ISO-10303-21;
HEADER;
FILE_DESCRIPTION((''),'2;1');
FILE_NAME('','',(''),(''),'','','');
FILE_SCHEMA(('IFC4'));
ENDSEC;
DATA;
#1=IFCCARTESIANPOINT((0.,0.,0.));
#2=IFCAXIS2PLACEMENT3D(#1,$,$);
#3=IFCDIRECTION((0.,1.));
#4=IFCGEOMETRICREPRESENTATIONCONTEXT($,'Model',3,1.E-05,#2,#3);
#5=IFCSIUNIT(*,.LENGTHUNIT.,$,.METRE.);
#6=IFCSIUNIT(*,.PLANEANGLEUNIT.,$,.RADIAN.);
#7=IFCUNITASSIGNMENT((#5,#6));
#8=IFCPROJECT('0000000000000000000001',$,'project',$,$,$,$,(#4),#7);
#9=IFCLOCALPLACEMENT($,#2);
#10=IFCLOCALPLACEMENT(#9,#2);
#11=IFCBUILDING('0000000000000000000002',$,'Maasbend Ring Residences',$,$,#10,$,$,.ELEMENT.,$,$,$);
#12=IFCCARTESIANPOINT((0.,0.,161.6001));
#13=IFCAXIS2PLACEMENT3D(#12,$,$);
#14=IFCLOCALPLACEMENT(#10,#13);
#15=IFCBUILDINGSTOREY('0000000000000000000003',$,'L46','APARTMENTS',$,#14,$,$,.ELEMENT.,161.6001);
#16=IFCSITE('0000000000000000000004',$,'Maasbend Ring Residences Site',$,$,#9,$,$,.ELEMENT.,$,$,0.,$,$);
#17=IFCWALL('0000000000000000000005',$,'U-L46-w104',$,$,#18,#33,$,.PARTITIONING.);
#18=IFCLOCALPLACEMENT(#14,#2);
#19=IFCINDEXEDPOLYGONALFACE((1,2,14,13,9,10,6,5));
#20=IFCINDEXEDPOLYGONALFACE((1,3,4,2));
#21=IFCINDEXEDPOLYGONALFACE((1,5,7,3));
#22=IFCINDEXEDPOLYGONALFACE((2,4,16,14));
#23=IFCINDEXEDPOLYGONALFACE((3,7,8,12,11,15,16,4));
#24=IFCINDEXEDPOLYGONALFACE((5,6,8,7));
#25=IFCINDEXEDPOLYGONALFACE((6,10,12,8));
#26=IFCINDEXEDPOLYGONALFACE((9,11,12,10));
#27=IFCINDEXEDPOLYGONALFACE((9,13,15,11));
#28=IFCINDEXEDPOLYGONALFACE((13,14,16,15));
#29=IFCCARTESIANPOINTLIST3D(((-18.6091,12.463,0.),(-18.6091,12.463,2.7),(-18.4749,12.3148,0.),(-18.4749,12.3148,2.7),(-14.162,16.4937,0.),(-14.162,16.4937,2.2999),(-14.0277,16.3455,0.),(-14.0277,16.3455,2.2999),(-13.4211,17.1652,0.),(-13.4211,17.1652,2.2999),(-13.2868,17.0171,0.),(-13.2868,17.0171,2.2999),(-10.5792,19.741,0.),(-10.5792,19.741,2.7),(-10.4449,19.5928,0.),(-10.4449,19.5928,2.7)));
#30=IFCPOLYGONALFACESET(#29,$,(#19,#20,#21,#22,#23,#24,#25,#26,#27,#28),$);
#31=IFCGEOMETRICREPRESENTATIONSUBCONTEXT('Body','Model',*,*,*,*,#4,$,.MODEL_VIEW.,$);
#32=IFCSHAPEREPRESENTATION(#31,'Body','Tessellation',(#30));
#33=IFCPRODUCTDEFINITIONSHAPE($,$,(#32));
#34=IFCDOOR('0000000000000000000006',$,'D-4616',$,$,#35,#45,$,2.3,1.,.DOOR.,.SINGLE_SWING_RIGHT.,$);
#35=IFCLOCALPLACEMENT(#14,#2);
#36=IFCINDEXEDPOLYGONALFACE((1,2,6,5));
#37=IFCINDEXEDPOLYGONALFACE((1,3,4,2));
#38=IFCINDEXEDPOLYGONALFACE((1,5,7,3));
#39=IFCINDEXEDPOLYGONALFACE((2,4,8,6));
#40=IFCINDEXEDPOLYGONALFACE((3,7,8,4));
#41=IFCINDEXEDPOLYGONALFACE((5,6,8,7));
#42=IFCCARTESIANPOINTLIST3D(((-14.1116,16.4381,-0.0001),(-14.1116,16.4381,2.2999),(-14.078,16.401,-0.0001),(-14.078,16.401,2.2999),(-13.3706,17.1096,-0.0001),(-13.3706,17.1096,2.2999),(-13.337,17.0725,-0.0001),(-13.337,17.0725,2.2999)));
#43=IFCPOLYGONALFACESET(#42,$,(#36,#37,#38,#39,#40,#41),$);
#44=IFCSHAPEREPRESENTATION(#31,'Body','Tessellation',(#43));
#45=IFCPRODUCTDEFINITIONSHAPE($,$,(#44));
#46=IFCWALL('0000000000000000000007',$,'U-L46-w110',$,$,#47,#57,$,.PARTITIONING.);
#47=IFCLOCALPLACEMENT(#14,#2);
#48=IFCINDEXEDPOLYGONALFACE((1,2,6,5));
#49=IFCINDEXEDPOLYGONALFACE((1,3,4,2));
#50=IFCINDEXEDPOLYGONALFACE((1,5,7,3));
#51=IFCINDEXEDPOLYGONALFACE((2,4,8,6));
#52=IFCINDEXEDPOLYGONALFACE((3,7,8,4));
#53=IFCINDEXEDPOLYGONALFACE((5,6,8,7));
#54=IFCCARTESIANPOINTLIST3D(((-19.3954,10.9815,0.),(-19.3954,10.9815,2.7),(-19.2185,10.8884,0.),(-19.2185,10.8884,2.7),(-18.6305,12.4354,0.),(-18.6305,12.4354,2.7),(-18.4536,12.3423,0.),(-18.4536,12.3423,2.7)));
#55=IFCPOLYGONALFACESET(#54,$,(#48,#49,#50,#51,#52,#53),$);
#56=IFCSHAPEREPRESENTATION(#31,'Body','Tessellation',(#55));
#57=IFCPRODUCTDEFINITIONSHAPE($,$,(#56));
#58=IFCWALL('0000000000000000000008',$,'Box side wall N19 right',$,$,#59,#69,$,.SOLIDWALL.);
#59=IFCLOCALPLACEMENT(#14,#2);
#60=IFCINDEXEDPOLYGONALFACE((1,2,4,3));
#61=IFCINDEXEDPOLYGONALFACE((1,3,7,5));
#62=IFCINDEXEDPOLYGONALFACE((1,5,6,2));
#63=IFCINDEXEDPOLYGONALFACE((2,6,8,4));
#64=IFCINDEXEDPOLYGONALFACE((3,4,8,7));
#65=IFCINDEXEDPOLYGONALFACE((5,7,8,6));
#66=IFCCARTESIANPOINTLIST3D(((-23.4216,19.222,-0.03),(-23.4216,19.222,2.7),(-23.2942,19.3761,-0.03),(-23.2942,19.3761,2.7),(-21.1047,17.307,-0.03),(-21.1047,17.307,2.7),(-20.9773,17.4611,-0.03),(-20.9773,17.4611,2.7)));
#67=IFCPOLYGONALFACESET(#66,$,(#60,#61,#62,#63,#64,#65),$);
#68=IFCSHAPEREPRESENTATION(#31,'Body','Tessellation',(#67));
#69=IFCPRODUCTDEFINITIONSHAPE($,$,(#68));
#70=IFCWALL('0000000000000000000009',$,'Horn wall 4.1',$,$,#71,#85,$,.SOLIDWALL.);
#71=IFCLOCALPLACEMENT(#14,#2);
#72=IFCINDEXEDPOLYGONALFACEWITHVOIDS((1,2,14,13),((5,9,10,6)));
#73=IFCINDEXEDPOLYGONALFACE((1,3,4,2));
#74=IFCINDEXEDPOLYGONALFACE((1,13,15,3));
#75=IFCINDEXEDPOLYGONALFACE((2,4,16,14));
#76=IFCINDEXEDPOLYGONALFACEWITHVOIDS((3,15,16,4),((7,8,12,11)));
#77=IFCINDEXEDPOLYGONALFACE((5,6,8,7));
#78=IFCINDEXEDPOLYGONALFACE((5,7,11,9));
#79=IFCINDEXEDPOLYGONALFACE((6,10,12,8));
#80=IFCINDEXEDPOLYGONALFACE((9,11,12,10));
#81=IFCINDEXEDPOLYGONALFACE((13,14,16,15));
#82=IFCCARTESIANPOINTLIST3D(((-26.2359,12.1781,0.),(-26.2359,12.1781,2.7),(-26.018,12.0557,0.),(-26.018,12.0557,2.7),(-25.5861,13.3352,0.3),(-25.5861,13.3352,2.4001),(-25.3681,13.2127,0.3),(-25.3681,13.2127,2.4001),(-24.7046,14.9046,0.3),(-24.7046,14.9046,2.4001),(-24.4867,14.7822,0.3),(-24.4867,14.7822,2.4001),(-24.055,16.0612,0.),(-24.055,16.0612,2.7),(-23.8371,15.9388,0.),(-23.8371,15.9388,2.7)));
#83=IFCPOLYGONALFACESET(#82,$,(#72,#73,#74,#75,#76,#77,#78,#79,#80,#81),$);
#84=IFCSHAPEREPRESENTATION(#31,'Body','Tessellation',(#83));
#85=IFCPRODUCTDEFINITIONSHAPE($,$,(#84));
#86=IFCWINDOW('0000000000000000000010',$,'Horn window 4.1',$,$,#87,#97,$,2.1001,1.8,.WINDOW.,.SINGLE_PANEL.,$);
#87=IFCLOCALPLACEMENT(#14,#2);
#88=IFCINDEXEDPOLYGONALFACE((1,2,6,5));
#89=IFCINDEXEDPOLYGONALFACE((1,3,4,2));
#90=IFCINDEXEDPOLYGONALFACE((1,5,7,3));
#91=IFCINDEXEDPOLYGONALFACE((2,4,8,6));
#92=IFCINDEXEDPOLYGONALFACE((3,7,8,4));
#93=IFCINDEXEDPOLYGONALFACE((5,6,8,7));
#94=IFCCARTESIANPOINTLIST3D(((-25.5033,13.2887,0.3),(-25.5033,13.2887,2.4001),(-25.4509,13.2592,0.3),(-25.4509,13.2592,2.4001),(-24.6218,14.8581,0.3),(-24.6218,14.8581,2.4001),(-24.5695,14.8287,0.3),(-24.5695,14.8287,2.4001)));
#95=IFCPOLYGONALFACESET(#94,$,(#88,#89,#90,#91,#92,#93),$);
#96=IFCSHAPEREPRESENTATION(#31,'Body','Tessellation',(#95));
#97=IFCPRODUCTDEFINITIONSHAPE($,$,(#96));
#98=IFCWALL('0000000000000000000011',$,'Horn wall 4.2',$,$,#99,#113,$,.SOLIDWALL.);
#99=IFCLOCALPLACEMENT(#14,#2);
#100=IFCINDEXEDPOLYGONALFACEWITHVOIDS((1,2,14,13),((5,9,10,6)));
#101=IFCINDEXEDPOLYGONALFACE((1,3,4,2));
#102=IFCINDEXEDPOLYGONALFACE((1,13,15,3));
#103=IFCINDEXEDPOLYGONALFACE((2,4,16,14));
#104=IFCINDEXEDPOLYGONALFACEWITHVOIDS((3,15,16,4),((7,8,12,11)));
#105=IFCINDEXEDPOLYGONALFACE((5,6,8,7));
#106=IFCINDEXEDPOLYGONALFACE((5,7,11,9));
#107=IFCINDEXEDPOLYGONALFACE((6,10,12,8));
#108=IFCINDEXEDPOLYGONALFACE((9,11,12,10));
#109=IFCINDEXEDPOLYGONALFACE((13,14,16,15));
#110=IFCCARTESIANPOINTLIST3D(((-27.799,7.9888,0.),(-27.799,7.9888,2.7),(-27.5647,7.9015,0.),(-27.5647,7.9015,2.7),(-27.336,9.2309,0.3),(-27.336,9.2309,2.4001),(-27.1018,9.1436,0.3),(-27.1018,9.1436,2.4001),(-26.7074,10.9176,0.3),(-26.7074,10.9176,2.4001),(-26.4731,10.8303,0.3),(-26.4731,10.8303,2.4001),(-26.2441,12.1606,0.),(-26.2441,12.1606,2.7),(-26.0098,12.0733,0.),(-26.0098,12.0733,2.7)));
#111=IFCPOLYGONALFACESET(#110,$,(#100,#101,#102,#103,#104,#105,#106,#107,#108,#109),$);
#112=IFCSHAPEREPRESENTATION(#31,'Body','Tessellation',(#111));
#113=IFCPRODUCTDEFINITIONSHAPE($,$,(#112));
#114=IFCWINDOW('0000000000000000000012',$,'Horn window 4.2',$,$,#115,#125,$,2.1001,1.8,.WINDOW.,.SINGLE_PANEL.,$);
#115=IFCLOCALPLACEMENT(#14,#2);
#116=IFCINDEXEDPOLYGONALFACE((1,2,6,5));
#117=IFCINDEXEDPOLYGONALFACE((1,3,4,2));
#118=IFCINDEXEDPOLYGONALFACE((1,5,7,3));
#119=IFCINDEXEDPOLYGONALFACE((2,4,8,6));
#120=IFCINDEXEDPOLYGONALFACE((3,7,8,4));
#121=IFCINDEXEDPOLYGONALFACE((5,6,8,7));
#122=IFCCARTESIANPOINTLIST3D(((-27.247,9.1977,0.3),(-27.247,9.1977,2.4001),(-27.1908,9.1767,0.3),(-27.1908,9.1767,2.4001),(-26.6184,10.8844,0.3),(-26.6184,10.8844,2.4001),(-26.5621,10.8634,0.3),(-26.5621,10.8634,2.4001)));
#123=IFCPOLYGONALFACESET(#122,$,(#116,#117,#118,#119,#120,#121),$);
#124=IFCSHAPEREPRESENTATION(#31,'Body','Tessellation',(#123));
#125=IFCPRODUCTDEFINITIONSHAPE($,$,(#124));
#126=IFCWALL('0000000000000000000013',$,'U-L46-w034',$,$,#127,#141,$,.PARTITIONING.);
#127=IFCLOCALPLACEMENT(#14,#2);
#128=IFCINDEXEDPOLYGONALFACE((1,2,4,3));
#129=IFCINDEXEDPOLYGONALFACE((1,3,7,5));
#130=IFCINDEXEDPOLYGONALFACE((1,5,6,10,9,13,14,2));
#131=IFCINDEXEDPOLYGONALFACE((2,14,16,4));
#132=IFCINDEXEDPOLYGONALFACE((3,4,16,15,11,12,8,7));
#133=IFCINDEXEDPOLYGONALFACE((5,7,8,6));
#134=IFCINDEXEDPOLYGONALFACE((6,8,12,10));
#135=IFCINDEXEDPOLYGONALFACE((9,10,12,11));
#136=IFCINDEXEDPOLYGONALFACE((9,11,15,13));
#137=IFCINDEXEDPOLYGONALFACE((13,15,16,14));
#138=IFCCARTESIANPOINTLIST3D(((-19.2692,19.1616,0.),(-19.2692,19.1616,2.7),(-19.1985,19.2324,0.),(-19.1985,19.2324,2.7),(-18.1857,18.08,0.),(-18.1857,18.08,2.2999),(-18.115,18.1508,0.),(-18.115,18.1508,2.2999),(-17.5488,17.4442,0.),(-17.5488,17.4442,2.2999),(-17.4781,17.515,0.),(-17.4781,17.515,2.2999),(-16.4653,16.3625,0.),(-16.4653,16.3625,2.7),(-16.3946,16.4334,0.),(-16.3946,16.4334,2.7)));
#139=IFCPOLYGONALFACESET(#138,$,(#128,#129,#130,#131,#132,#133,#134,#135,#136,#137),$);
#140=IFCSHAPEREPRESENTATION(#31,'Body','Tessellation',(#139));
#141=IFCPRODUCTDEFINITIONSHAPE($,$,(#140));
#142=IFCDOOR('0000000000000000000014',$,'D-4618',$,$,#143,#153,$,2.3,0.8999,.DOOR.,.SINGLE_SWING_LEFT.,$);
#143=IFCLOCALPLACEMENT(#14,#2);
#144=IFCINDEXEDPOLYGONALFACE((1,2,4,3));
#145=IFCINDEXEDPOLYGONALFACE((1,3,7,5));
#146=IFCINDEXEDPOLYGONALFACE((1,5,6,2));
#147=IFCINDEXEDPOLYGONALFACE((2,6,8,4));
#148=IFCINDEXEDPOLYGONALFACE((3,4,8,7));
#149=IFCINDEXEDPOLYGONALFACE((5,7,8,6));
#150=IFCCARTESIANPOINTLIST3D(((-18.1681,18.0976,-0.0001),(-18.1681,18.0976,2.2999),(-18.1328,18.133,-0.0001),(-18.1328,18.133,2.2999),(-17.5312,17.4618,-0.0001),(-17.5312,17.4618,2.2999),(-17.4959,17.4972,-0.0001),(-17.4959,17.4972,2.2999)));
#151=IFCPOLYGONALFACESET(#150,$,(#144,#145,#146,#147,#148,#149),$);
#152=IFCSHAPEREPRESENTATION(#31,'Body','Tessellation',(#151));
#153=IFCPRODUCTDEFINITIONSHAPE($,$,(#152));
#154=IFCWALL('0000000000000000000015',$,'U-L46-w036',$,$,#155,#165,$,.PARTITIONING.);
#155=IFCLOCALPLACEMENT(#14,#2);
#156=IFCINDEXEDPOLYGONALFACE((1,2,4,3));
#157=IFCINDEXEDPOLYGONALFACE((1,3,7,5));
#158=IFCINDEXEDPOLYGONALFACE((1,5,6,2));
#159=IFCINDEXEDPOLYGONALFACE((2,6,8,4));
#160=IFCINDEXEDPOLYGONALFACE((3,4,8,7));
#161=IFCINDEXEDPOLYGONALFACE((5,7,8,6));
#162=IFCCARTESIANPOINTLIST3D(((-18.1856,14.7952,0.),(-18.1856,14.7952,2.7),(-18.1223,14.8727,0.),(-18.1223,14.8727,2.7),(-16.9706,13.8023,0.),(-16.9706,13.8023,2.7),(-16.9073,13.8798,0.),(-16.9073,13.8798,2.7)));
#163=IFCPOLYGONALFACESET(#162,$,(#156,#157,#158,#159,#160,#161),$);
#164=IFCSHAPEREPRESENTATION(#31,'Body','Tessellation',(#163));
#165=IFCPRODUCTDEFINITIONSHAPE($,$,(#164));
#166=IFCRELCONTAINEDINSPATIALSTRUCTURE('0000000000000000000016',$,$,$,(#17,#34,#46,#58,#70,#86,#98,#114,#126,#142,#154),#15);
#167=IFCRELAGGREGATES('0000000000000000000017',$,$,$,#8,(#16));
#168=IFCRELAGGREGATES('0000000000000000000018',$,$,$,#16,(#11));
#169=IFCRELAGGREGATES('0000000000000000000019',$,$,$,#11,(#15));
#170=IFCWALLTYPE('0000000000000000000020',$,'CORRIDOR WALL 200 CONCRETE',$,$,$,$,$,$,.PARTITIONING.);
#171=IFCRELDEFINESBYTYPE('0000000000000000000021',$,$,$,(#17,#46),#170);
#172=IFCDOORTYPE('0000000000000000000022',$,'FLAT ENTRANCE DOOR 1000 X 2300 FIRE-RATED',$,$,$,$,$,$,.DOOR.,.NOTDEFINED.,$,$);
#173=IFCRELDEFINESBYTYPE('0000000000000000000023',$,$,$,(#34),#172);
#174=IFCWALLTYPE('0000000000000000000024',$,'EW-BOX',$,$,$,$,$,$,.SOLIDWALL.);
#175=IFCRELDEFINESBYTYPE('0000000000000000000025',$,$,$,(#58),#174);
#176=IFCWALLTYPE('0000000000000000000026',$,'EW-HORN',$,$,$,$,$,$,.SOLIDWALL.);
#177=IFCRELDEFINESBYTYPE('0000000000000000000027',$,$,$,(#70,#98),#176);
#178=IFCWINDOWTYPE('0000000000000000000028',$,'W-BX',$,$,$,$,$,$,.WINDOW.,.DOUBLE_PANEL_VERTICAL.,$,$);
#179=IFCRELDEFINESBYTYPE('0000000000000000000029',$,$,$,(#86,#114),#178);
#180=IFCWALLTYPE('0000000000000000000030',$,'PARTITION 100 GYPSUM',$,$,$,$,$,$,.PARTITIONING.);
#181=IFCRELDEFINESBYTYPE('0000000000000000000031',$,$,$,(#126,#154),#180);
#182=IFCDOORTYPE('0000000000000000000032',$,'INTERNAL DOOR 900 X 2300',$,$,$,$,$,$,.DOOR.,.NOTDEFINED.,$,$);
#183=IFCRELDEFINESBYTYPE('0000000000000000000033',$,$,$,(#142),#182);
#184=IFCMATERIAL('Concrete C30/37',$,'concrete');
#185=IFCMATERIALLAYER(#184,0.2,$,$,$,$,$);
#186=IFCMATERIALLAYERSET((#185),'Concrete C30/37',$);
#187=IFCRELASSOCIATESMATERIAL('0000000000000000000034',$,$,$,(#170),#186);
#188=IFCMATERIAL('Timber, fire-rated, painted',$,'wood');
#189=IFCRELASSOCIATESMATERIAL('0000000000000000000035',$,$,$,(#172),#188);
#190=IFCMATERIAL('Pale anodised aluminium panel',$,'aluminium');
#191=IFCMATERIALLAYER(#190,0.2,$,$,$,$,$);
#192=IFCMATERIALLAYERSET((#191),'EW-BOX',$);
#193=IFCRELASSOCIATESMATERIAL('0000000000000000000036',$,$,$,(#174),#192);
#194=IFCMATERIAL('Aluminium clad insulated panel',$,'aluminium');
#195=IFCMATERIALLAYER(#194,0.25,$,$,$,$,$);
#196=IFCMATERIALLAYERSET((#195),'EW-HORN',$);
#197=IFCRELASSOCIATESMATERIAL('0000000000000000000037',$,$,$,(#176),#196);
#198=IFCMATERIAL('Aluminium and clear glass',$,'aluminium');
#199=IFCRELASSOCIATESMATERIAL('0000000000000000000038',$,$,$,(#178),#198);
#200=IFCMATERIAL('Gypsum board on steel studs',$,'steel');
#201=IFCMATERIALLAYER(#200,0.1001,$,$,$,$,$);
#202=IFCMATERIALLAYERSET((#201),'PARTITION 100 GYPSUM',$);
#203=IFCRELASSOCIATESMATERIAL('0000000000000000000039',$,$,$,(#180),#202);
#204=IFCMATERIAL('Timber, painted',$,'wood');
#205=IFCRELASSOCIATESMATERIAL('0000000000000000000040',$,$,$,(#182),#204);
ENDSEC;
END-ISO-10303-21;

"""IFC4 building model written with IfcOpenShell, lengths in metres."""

from ifc_helpers import new_model, si_unit, direction, frame, frame_2d, origin, place, context, subcontext, project, spatial, rectangle, extrude, material, layer, layer_set, type_object, element, fill, save


model = new_model("IFC4")

# Units and contexts
model_context = context("Model", 3, precision=1e-05, world=origin(), true_north=direction((0.0, 1.0)))
body_context = subcontext(model_context, "Body", "Model", "MODEL_VIEW")
ifc_project = project(units=[si_unit("LENGTHUNIT", "METRE"), si_unit("PLANEANGLEUNIT", "RADIAN")], contexts=[model_context])

# Site, building, storey
site_placement = place(None, origin())
site = spatial("IfcSite", under=ifc_project, at=site_placement, Name="Maasbend Ring Residences Site", CompositionType="ELEMENT", RefElevation=0.0)
building_placement = place(site_placement, origin())
building = spatial("IfcBuilding", under=site, at=building_placement, Name="Maasbend Ring Residences", CompositionType="ELEMENT")
storey_placement = place(building_placement, frame((0.0, 0.0, 161.6001)))
storey = spatial("IfcBuildingStorey", under=building, at=storey_placement, Name="L46", Description="APARTMENTS", CompositionType="ELEMENT", Elevation=161.6001)

# Wall, opening, door
ifc_material_1 = material(Name="Concrete C30/37", Category="concrete")
ifc_layer_1 = layer(ifc_material_1, 0.2)
ifc_layer_set_1 = layer_set([ifc_layer_1], Name="Concrete C30/37")
wall_type_1 = type_object("IfcWallType", Name="CORRIDOR WALL 200 CONCRETE", PredefinedType="PARTITIONING", material=ifc_layer_set_1)
wall_1_placement = place(storey_placement, frame((-18.542, 12.3889, 0.0), z_axis=(0.0, 0.0, 1.0), x_axis=(0.740947, 0.671563, 0.0)))
wall_1 = element("IfcWall", 1, at=wall_1_placement, inside=storey, type_object=wall_type_1, Name="U-L46-w104", PredefinedType="PARTITIONING", context=body_context, shape_type="SweptSolid", body=[
    extrude(rectangle(XDim=10.8374, YDim=0.2, at=frame_2d((5.4187, 0.0))), origin(), (0.0, 0.0, 1.0), 2.7),
])
opening_1_placement = place(wall_1_placement, frame((6.002, 0.0, 0.0)))
opening_1 = element("IfcOpeningElement", 2, at=opening_1_placement, cuts=wall_1, PredefinedType="OPENING", context=body_context, shape_type="SweptSolid", body=[
    extrude(rectangle(XDim=1.0, YDim=2.3, at=frame_2d((0.5, 1.1499))), frame((0.0, 0.1099, 0.0), z_axis=(0.0, -1.0, 0.0), x_axis=(1.0, 0.0, 0.0)), (0.0, 0.0, 1.0), 0.22),
])
ifc_material_2 = material(Name="Timber, fire-rated, painted", Category="wood")
door_type_1 = type_object("IfcDoorType", Name="FLAT ENTRANCE DOOR 1000 X 2300 FIRE-RATED", OperationType="NOTDEFINED", PredefinedType="DOOR", material=ifc_material_2)
door_1_placement = place(opening_1_placement, origin())
door_1 = element("IfcDoor", 3, at=door_1_placement, inside=storey, type_object=door_type_1, Name="D-4616", OperationType="SINGLE_SWING_RIGHT", OverallHeight=2.3, OverallWidth=1.0, PredefinedType="DOOR", context=body_context, shape_type="SweptSolid", body=[
    extrude(rectangle(XDim=1.0, YDim=2.3, at=frame_2d((0.5, 1.1499))), frame((0.0, 0.0249, 0.0), z_axis=(0.0, -1.0, 0.0), x_axis=(1.0, 0.0, 0.0)), (0.0, 0.0, 1.0), 0.05),
])
fill(opening_1, door_1)

# Walls
wall_2_placement = place(storey_placement, frame((-19.3069, 10.9351, 0.0), z_axis=(0.0, 0.0, 1.0), x_axis=(0.465606, 0.884992, 0.0)))
element("IfcWall", 4, at=wall_2_placement, inside=storey, type_object=wall_type_1, Name="U-L46-w110", PredefinedType="PARTITIONING", context=body_context, shape_type="SweptSolid", body=[
    extrude(rectangle(XDim=1.6428, YDim=0.2, at=frame_2d((0.8213, 0.0))), origin(), (0.0, 0.0, 1.0), 2.7),
])
ifc_material_3 = material(Name="Pale anodised aluminium panel", Category="aluminium")
ifc_layer_2 = layer(ifc_material_3, 0.2)
ifc_layer_set_2 = layer_set([ifc_layer_2], Name="EW-BOX")
wall_type_2 = type_object("IfcWallType", Name="EW-BOX", PredefinedType="SOLIDWALL", material=ifc_layer_set_2)
wall_3_placement = place(storey_placement, frame((-21.041, 17.384, -0.03), z_axis=(0.0, 0.0, 1.0), x_axis=(-0.770785, 0.637096, 0.0)))
element("IfcWall", 5, at=wall_3_placement, inside=storey, type_object=wall_type_2, Name="Box side wall N19 right", PredefinedType="SOLIDWALL", context=body_context, shape_type="SweptSolid", body=[
    extrude(rectangle(XDim=3.0059, YDim=0.2, at=frame_2d((1.5029, 0.0))), origin(), (0.0, 0.0, 1.0), 2.73),
])

# Walls, openings, windows
ifc_material_4 = material(Name="Aluminium clad insulated panel", Category="aluminium")
ifc_layer_3 = layer(ifc_material_4, 0.25)
ifc_layer_set_3 = layer_set([ifc_layer_3], Name="EW-HORN")
wall_type_3 = type_object("IfcWallType", Name="EW-HORN", PredefinedType="SOLIDWALL", material=ifc_layer_set_3)
wall_4_placement = place(storey_placement, frame((-23.946, 16.0, 0.0), z_axis=(0.0, 0.0, 1.0), x_axis=(-0.489696, -0.871893, 0.0)))
wall_4 = element("IfcWall", 6, at=wall_4_placement, inside=storey, type_object=wall_type_3, Name="Horn wall 4.1", PredefinedType="SOLIDWALL", context=body_context, shape_type="SweptSolid", body=[
    extrude(rectangle(XDim=4.4536, YDim=0.25, at=frame_2d((2.2268, 0.0))), origin(), (0.0, 0.0, 1.0), 2.7),
])
opening_2_placement = place(wall_4_placement, frame((1.3267, 0.0, 0.3)))
opening_2 = element("IfcOpeningElement", 7, at=opening_2_placement, cuts=wall_4, PredefinedType="OPENING", context=body_context, shape_type="SweptSolid", body=[
    extrude(rectangle(XDim=1.8, YDim=2.1001, at=frame_2d((0.8999, 1.05))), frame((0.0, 0.135, 0.0), z_axis=(0.0, -1.0, 0.0), x_axis=(1.0, 0.0, 0.0)), (0.0, 0.0, 1.0), 0.27),
])
ifc_material_5 = material(Name="Aluminium and clear glass", Category="aluminium")
window_type = type_object("IfcWindowType", Name="W-BX", PartitioningType="DOUBLE_PANEL_VERTICAL", PredefinedType="WINDOW", material=ifc_material_5)
window_1_placement = place(opening_2_placement, origin())
window_1 = element("IfcWindow", 8, at=window_1_placement, inside=storey, type_object=window_type, Name="Horn window 4.1", OverallHeight=2.1001, OverallWidth=1.8, PartitioningType="SINGLE_PANEL", PredefinedType="WINDOW", context=body_context, shape_type="SweptSolid", body=[
    extrude(rectangle(XDim=1.8, YDim=2.1001, at=frame_2d((0.8999, 1.05))), frame((0.0, 0.03, 0.0), z_axis=(0.0, -1.0, 0.0), x_axis=(1.0, 0.0, 0.0)), (0.0, 0.0, 1.0), 0.0601),
])
fill(opening_2, window_1)
wall_5_placement = place(storey_placement, frame((-26.127, 12.1169, 0.0), z_axis=(0.0, 0.0, 1.0), x_axis=(-0.349248, -0.93703, 0.0)))
wall_5 = element("IfcWall", 9, at=wall_5_placement, inside=storey, type_object=wall_type_3, Name="Horn wall 4.2", PredefinedType="SOLIDWALL", context=body_context, shape_type="SweptSolid", body=[
    extrude(rectangle(XDim=4.4521, YDim=0.25, at=frame_2d((2.2261, 0.0))), origin(), (0.0, 0.0, 1.0), 2.7),
])
opening_3_placement = place(wall_5_placement, frame((1.3267, 0.0, 0.3)))
opening_3 = element("IfcOpeningElement", 10, at=opening_3_placement, cuts=wall_5, PredefinedType="OPENING", context=body_context, shape_type="SweptSolid", body=[
    extrude(rectangle(XDim=1.8, YDim=2.1001, at=frame_2d((0.8999, 1.05))), frame((0.0, 0.135, 0.0), z_axis=(0.0, -1.0, 0.0), x_axis=(1.0, 0.0, 0.0)), (0.0, 0.0, 1.0), 0.27),
])
window_2_placement = place(opening_3_placement, origin())
window_2 = element("IfcWindow", 11, at=window_2_placement, inside=storey, type_object=window_type, Name="Horn window 4.2", OverallHeight=2.1001, OverallWidth=1.8, PartitioningType="SINGLE_PANEL", PredefinedType="WINDOW", context=body_context, shape_type="SweptSolid", body=[
    extrude(rectangle(XDim=1.8, YDim=2.1001, at=frame_2d((0.8999, 1.05))), frame((0.0, 0.03, 0.0), z_axis=(0.0, -1.0, 0.0), x_axis=(1.0, 0.0, 0.0)), (0.0, 0.0, 1.0), 0.0601),
])
fill(opening_3, window_2)

# Wall, opening, door
ifc_material_6 = material(Name="Gypsum board on steel studs", Category="steel")
ifc_layer_4 = layer(ifc_material_6, 0.1001)
ifc_layer_set_4 = layer_set([ifc_layer_4], Name="PARTITION 100 GYPSUM")
wall_type_4 = type_object("IfcWallType", Name="PARTITION 100 GYPSUM", PredefinedType="PARTITIONING", material=ifc_layer_set_4)
wall_6_placement = place(storey_placement, frame((-19.2339, 19.197, 0.0), z_axis=(0.0, 0.0, 1.0), x_axis=(0.707723, -0.70649, 0.0)))
wall_6 = element("IfcWall", 12, at=wall_6_placement, inside=storey, type_object=wall_type_4, Name="U-L46-w034", PredefinedType="PARTITIONING", context=body_context, shape_type="SweptSolid", body=[
    extrude(rectangle(XDim=3.9619, YDim=0.1001, at=frame_2d((1.981, 0.0))), origin(), (0.0, 0.0, 1.0), 2.7),
])
opening_4_placement = place(wall_6_placement, frame((1.531, 0.0, 0.0)))
opening_4 = element("IfcOpeningElement", 13, at=opening_4_placement, cuts=wall_6, PredefinedType="OPENING", context=body_context, shape_type="SweptSolid", body=[
    extrude(rectangle(XDim=0.8999, YDim=2.3, at=frame_2d((0.45, 1.1499))), frame((0.0, 0.0601, 0.0), z_axis=(0.0, -1.0, 0.0), x_axis=(1.0, 0.0, 0.0)), (0.0, 0.0, 1.0), 0.1201),
])
ifc_material_7 = material(Name="Timber, painted", Category="wood")
door_type_2 = type_object("IfcDoorType", Name="INTERNAL DOOR 900 X 2300", OperationType="NOTDEFINED", PredefinedType="DOOR", material=ifc_material_7)
door_2_placement = place(opening_4_placement, origin())
door_2 = element("IfcDoor", 14, at=door_2_placement, inside=storey, type_object=door_type_2, Name="D-4618", OperationType="SINGLE_SWING_LEFT", OverallHeight=2.3, OverallWidth=0.8999, PredefinedType="DOOR", context=body_context, shape_type="SweptSolid", body=[
    extrude(rectangle(XDim=0.8999, YDim=2.3, at=frame_2d((0.45, 1.1499))), frame((0.0, 0.0249, 0.0), z_axis=(0.0, -1.0, 0.0), x_axis=(1.0, 0.0, 0.0)), (0.0, 0.0, 1.0), 0.05),
])
fill(opening_4, door_2)

# Wall
wall_7_placement = place(storey_placement, frame((-18.1541, 14.834, 0.0), z_axis=(0.0, 0.0, 1.0), x_axis=(0.774345, -0.632763, 0.0)))
element("IfcWall", 15, at=wall_7_placement, inside=storey, type_object=wall_type_4, Name="U-L46-w036", PredefinedType="PARTITIONING", context=body_context, shape_type="SweptSolid", body=[
    extrude(rectangle(XDim=1.5691, YDim=0.1001, at=frame_2d((0.7847, 0.0))), origin(), (0.0, 0.0, 1.0), 2.7),
])

save(model, "model.ifc")
